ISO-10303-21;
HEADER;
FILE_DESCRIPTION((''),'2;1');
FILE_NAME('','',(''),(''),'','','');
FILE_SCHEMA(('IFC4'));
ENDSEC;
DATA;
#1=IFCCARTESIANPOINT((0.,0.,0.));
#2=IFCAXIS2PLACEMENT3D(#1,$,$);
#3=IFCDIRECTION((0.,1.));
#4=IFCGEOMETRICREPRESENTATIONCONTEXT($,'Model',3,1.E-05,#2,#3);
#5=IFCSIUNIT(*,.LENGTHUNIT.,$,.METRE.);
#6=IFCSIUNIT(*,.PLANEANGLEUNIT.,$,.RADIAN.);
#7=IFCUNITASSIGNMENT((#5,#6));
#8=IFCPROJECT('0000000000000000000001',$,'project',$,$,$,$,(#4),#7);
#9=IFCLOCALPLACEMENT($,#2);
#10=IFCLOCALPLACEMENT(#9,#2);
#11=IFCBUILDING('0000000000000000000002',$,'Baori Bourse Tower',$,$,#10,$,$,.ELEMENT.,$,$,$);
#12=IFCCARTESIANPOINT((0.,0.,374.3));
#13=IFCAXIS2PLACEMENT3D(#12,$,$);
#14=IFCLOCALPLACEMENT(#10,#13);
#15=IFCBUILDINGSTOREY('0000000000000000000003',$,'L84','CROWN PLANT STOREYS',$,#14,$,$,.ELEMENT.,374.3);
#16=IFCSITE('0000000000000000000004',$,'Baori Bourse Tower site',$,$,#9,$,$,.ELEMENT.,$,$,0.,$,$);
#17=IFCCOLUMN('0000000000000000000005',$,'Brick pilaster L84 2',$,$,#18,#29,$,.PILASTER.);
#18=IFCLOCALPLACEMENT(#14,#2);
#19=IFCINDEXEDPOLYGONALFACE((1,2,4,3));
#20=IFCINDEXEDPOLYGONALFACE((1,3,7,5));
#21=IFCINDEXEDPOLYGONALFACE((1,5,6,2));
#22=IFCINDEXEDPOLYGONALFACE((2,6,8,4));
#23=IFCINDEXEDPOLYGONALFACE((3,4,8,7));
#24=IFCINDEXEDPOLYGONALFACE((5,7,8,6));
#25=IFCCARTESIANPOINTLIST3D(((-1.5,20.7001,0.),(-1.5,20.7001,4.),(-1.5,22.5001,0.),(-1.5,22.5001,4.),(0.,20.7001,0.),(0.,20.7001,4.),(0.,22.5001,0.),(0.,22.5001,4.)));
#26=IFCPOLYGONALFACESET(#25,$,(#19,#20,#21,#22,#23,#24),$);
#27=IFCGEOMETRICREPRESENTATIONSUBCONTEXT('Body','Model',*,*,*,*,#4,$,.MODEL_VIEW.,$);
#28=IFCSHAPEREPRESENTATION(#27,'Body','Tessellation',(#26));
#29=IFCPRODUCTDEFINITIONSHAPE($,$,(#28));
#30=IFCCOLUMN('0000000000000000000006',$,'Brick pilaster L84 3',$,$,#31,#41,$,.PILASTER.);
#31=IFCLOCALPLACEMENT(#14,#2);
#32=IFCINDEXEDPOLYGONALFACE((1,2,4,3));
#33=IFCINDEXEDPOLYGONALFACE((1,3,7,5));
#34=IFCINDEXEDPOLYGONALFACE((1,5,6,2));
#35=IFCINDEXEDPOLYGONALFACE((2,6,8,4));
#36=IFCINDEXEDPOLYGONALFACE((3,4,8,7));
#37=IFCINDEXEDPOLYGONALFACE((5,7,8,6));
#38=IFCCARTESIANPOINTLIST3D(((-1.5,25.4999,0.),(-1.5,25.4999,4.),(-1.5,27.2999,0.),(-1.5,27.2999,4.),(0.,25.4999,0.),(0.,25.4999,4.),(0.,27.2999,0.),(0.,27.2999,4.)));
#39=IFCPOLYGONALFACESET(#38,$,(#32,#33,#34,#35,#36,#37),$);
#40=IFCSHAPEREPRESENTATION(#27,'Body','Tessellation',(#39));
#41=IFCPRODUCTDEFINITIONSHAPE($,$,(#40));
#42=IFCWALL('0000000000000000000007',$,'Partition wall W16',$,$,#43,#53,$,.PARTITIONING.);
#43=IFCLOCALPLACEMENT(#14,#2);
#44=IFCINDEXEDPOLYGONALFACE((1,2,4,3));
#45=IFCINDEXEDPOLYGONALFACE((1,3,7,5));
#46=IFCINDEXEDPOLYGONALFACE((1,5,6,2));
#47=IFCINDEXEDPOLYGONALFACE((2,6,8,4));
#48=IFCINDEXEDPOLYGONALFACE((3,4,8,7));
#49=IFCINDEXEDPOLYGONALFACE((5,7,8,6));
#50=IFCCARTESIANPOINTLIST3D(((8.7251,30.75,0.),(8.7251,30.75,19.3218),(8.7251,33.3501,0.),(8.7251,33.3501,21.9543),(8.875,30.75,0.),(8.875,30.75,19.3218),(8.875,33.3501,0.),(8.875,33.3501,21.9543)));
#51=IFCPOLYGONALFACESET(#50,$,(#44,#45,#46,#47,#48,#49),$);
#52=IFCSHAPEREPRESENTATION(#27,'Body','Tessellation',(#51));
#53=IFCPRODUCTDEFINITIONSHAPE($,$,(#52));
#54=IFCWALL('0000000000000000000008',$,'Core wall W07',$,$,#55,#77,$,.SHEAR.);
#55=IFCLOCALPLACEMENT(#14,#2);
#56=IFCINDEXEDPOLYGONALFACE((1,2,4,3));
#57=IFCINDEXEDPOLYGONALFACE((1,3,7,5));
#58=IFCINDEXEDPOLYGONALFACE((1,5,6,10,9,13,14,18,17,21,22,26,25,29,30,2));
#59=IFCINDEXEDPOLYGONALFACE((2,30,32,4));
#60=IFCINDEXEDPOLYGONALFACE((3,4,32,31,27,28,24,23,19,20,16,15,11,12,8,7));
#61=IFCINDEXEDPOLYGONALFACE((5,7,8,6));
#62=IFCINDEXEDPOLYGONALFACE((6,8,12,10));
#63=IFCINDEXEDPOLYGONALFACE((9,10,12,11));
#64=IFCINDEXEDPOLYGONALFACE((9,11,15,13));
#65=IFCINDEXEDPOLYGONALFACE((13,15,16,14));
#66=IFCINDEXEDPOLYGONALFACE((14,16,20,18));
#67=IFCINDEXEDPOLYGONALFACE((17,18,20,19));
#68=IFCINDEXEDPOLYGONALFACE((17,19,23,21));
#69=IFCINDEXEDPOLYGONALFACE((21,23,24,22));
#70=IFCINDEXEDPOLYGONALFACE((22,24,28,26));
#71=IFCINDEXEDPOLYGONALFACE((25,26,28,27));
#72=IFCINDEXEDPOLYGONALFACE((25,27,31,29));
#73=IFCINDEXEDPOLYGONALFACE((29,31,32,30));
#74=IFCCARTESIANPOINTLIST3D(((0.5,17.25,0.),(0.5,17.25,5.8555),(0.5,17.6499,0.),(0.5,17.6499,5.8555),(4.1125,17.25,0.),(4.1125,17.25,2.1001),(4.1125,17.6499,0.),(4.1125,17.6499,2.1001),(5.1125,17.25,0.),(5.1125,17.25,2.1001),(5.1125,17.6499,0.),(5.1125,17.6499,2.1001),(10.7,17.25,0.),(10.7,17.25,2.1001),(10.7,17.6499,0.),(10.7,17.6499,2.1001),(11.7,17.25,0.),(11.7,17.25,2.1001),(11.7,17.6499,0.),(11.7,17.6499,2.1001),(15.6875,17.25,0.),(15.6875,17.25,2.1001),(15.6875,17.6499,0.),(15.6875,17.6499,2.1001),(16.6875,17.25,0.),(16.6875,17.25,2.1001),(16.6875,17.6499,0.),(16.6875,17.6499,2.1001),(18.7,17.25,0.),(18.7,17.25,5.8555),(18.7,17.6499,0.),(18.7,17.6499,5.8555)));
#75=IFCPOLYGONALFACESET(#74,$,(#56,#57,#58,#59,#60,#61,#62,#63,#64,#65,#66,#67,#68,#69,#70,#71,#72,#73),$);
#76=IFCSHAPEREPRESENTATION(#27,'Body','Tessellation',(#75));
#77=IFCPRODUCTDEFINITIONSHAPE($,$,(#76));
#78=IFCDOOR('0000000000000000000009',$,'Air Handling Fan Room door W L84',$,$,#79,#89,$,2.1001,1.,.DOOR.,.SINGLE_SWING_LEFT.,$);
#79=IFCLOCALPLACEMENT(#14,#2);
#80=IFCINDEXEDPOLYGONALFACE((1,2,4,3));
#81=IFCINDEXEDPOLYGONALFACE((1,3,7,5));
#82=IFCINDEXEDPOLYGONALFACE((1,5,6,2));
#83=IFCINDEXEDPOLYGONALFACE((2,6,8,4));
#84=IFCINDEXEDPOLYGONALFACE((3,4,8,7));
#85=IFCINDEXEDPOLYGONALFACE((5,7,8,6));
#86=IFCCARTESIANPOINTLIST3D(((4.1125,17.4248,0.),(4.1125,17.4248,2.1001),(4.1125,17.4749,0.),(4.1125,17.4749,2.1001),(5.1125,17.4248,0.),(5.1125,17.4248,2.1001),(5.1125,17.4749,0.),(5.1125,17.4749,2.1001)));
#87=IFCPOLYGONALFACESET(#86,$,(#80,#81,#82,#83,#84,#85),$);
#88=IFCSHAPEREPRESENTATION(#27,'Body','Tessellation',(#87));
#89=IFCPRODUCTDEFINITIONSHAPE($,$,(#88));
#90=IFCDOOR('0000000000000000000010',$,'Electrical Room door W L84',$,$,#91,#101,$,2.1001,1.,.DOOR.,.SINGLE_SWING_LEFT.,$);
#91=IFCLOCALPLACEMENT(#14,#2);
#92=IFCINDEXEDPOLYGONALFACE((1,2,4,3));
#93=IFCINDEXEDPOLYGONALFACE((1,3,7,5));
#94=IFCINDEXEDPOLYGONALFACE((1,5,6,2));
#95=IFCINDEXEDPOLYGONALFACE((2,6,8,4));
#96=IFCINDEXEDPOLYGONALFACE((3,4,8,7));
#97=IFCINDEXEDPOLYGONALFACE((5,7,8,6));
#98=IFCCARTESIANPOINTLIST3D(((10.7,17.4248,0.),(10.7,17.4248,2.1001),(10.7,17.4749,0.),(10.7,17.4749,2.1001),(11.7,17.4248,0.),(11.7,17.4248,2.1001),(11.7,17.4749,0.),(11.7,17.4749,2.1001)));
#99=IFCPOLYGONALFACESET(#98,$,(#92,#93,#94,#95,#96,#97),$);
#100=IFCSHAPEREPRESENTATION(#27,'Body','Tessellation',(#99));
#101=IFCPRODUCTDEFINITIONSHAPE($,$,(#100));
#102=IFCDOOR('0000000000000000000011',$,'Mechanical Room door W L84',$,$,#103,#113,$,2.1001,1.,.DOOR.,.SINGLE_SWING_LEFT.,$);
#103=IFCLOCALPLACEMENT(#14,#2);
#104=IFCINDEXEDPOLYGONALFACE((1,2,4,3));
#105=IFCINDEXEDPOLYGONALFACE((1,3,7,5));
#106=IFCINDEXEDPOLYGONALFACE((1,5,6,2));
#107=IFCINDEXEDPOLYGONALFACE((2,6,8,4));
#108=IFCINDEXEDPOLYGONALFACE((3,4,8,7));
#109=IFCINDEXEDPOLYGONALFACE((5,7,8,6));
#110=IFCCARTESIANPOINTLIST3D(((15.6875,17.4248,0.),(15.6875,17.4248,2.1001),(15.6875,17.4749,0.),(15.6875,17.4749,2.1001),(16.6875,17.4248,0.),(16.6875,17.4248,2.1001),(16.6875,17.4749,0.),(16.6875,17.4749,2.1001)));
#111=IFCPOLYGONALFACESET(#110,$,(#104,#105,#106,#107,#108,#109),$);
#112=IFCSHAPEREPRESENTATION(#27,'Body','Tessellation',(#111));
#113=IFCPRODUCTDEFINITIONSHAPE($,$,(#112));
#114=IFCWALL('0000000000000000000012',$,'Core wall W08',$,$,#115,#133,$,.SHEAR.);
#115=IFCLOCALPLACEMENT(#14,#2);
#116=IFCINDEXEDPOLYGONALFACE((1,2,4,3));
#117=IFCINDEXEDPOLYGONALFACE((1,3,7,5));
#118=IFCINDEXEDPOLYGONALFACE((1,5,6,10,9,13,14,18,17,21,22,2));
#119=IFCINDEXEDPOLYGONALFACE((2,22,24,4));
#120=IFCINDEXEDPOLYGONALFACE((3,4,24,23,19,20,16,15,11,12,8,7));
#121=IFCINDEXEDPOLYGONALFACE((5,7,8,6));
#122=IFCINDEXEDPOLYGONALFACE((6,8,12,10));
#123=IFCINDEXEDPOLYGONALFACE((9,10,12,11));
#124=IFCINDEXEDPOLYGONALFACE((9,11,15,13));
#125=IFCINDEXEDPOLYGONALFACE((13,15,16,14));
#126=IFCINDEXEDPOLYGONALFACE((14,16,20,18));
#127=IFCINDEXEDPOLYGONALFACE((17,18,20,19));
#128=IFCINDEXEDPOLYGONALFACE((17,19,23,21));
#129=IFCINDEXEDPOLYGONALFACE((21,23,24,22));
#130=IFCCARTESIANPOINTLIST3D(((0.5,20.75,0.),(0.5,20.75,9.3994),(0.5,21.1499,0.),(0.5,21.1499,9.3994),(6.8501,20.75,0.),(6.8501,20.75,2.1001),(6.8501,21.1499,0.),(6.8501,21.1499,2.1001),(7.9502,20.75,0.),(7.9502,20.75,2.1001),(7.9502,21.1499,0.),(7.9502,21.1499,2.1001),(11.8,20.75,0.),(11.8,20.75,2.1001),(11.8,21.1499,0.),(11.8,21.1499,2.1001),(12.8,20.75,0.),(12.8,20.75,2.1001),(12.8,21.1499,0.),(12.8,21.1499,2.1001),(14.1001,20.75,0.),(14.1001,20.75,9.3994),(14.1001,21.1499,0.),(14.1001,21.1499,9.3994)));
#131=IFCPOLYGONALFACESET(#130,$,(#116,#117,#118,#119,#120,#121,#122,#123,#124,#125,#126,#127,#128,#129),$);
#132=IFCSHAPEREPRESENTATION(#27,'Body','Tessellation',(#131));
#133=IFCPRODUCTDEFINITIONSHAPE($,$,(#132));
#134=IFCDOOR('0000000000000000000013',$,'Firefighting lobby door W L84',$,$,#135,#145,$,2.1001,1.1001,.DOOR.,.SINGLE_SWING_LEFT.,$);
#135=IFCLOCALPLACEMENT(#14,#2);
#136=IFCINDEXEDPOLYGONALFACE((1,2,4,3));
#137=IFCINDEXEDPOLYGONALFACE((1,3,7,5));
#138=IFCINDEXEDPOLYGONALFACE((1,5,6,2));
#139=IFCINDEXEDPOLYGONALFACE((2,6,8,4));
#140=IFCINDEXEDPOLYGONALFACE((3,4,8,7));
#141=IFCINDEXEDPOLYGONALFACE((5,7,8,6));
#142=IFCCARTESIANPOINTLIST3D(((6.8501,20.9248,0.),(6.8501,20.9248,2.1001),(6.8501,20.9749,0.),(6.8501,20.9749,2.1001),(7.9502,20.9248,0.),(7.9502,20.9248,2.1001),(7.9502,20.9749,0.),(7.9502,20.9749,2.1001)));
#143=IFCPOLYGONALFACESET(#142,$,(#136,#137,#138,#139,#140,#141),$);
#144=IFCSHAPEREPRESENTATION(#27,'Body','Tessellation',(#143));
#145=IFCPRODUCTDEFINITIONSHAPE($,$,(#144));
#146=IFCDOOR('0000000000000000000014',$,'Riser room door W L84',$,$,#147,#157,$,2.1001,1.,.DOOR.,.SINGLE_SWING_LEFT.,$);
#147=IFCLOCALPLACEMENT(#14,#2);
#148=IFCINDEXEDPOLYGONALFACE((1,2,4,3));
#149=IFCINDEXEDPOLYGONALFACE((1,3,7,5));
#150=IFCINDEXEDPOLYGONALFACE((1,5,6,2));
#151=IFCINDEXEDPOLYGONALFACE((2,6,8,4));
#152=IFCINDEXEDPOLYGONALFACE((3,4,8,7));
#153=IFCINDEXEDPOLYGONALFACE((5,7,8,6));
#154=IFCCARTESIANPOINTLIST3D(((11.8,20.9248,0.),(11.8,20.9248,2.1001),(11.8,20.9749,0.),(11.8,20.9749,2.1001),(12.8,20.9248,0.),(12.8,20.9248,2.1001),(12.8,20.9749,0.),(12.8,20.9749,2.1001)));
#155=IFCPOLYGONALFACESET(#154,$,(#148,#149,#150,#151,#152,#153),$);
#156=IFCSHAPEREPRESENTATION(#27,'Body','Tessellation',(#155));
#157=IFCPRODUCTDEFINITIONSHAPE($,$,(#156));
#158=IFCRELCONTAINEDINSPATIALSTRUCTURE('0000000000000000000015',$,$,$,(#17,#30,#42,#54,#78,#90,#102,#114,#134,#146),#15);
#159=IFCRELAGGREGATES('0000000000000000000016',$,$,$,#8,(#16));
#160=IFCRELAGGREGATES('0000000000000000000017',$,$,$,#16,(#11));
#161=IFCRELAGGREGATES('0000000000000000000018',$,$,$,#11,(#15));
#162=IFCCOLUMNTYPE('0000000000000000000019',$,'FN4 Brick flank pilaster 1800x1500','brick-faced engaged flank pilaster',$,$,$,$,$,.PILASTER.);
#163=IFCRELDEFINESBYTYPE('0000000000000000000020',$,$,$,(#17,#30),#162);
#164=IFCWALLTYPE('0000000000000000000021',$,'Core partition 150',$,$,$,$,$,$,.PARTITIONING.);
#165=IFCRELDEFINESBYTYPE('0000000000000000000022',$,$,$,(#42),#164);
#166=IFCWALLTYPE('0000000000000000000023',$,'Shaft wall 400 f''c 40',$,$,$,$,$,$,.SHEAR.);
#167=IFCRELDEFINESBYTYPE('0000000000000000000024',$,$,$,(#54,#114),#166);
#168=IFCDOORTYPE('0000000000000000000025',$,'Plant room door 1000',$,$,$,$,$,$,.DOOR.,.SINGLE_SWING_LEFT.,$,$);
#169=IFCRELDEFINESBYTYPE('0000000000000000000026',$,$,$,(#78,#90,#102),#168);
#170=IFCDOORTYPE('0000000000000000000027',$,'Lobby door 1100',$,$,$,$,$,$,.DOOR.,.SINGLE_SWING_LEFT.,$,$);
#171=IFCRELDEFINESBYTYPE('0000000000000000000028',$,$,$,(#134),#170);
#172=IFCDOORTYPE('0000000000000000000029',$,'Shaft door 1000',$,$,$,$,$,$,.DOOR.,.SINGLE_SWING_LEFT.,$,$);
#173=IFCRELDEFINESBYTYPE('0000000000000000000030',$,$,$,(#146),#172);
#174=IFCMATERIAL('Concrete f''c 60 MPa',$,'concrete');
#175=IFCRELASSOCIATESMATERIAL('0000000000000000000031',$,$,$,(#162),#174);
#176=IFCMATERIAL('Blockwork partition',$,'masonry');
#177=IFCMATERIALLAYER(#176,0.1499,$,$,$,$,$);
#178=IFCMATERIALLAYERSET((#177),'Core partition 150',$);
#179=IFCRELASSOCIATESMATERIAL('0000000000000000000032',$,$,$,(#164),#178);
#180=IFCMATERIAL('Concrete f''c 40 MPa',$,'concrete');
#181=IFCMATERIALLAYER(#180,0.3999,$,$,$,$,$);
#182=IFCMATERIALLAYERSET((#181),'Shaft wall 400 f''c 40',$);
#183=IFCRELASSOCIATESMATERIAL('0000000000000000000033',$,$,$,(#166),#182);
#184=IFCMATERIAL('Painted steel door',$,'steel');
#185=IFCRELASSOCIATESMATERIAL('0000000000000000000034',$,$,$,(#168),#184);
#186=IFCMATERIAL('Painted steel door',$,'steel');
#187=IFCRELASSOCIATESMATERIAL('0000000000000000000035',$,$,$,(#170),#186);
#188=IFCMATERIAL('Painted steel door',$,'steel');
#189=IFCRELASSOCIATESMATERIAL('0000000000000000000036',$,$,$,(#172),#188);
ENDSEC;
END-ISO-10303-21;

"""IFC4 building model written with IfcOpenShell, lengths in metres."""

from ifc_helpers import new_model, si_unit, direction, frame, frame_2d, origin, origin_2d, place, context, subcontext, project, spatial, polyline, rectangle, outline, extrude, material, layer, layer_set, material_profile, profile_set, type_object, element, fill, save


model = new_model("IFC4")

# Units and contexts
model_context = context("Model", 3, precision=1e-05, world=origin(), true_north=direction((0.0, 1.0)))
body_context = subcontext(model_context, "Body", "Model", "MODEL_VIEW")
ifc_project = project(units=[si_unit("LENGTHUNIT", "METRE"), si_unit("PLANEANGLEUNIT", "RADIAN")], contexts=[model_context])

# Site, building, storey
site_placement = place(None, origin())
site = spatial("IfcSite", under=ifc_project, at=site_placement, Name="Baori Bourse Tower site", CompositionType="ELEMENT", RefElevation=0.0)
building_placement = place(site_placement, origin())
building = spatial("IfcBuilding", under=site, at=building_placement, Name="Baori Bourse Tower", CompositionType="ELEMENT")
storey_placement = place(building_placement, frame((0.0, 0.0, 374.3)))
storey = spatial("IfcBuildingStorey", under=building, at=storey_placement, Name="L84", Description="CROWN PLANT STOREYS", CompositionType="ELEMENT", Elevation=374.3)

# Columns
ifc_material_1 = material(Name="Concrete f'c 60 MPa", Category="concrete")
ifc_material_profile = material_profile(ifc_material_1, rectangle(XDim=1.8, YDim=1.5, at=origin_2d()), Name="RC 1800x1500")
ifc_profile_set = profile_set([ifc_material_profile], Name="Concrete f'c 60 MPa")
column_type = type_object("IfcColumnType", Name="FN4 Brick flank pilaster 1800x1500", Description="brick-faced engaged flank pilaster", PredefinedType="PILASTER", material=ifc_profile_set)
for number, where, z_axis, x_axis, name in (
    (1, (-0.75, 21.6001, 0.0), (0.0, 0.0, 1.0), (0.0, 1.0, 0.0), "Brick pilaster L84 2"),
    (2, (-0.75, 26.3999, 0.0), (0.0, 0.0, 1.0), (0.0, 1.0, 0.0), "Brick pilaster L84 3"),
):
    element("IfcColumn", number, at=place(storey_placement, frame(where, z_axis=z_axis, x_axis=x_axis)), inside=storey, type_object=column_type, Name=name, PredefinedType="PILASTER", context=body_context, shape_type="SweptSolid", body=[
        extrude(rectangle(XDim=1.8, YDim=1.5, at=origin_2d()), origin(), (0.0, 0.0, 1.0), 4.0),
    ])

# Wall
ifc_material_2 = material(Name="Blockwork partition", Category="masonry")
ifc_layer_1 = layer(ifc_material_2, 0.1499)
ifc_layer_set_1 = layer_set([ifc_layer_1], Name="Core partition 150")
wall_type_1 = type_object("IfcWallType", Name="Core partition 150", PredefinedType="PARTITIONING", material=ifc_layer_set_1)
wall_1_placement = place(storey_placement, frame((8.8, 30.75, 0.0), z_axis=(0.0, 0.0, 1.0), x_axis=(0.0, 1.0, 0.0)))
element("IfcWall", 3, at=wall_1_placement, inside=storey, type_object=wall_type_1, Name="Partition wall W16", PredefinedType="PARTITIONING", context=body_context, shape_type="SweptSolid", body=[
    extrude(outline(polyline([(0.0, 0.0), (2.6001, 0.0), (2.6001, 21.9543), (0.0, 19.3218), (0.0, 0.0)])), frame((0.0, 0.075, 0.0), z_axis=(0.0, -1.0, 0.0), x_axis=(1.0, 0.0, 0.0)), (0.0, 0.0, 1.0), 0.1499),
])

# Walls, openings, doors
ifc_material_3 = material(Name="Concrete f'c 40 MPa", Category="concrete")
ifc_layer_2 = layer(ifc_material_3, 0.3999)
ifc_layer_set_2 = layer_set([ifc_layer_2], Name="Shaft wall 400 f'c 40")
wall_type_2 = type_object("IfcWallType", Name="Shaft wall 400 f'c 40", PredefinedType="SHEAR", material=ifc_layer_set_2)
wall_2_placement = place(storey_placement, frame((0.5, 17.45, 0.0), z_axis=(0.0, 0.0, 1.0), x_axis=(1.0, 0.0, 0.0)))
wall_2 = element("IfcWall", 4, at=wall_2_placement, inside=storey, type_object=wall_type_2, Name="Core wall W07", PredefinedType="SHEAR", context=body_context, shape_type="SweptSolid", body=[
    extrude(outline(polyline([(0.0, 0.0), (18.2, 0.0), (18.2, 5.8555), (0.0, 5.8555), (0.0, 0.0)])), frame((0.0, 0.2, 0.0), z_axis=(0.0, -1.0, 0.0), x_axis=(1.0, 0.0, 0.0)), (0.0, 0.0, 1.0), 0.3999),
])
opening_1_placement = place(wall_2_placement, frame((3.6125, 0.0, 0.0)))
opening_1 = element("IfcOpeningElement", 5, at=opening_1_placement, cuts=wall_2, PredefinedType="OPENING", context=body_context, shape_type="SweptSolid", body=[
    extrude(rectangle(XDim=1.0, YDim=2.1001, at=frame_2d((0.5, 1.05))), frame((0.0, 0.21, 0.0), z_axis=(0.0, -1.0, 0.0), x_axis=(1.0, 0.0, 0.0)), (0.0, 0.0, 1.0), 0.4199),
])
opening_2_placement = place(wall_2_placement, frame((10.2, 0.0, 0.0)))
opening_2 = element("IfcOpeningElement", 6, at=opening_2_placement, cuts=wall_2, PredefinedType="OPENING", context=body_context, shape_type="SweptSolid", body=[
    extrude(rectangle(XDim=1.0, YDim=2.1001, at=frame_2d((0.5, 1.05))), frame((0.0, 0.21, 0.0), z_axis=(0.0, -1.0, 0.0), x_axis=(1.0, 0.0, 0.0)), (0.0, 0.0, 1.0), 0.4199),
])
opening_3_placement = place(wall_2_placement, frame((15.1875, 0.0, 0.0)))
opening_3 = element("IfcOpeningElement", 7, at=opening_3_placement, cuts=wall_2, PredefinedType="OPENING", context=body_context, shape_type="SweptSolid", body=[
    extrude(rectangle(XDim=1.0, YDim=2.1001, at=frame_2d((0.5, 1.05))), frame((0.0, 0.21, 0.0), z_axis=(0.0, -1.0, 0.0), x_axis=(1.0, 0.0, 0.0)), (0.0, 0.0, 1.0), 0.4199),
])
ifc_material_4 = material(Name="Painted steel door", Category="steel")
door_type_1 = type_object("IfcDoorType", Name="Plant room door 1000", OperationType="SINGLE_SWING_LEFT", PredefinedType="DOOR", material=ifc_material_4)
door_1_placement = place(opening_1_placement, origin())
door_1 = element("IfcDoor", 8, at=door_1_placement, inside=storey, type_object=door_type_1, Name="Air Handling Fan Room door W L84", OperationType="SINGLE_SWING_LEFT", OverallHeight=2.1001, OverallWidth=1.0, PredefinedType="DOOR", context=body_context, shape_type="SweptSolid", body=[
    extrude(rectangle(XDim=1.0, YDim=2.1001, at=frame_2d((0.5, 1.05))), frame((0.0, 0.0249, 0.0), z_axis=(0.0, -1.0, 0.0), x_axis=(1.0, 0.0, 0.0)), (0.0, 0.0, 1.0), 0.05),
])
fill(opening_1, door_1)
door_2_placement = place(opening_2_placement, origin())
door_2 = element("IfcDoor", 9, at=door_2_placement, inside=storey, type_object=door_type_1, Name="Electrical Room door W L84", OperationType="SINGLE_SWING_LEFT", OverallHeight=2.1001, OverallWidth=1.0, PredefinedType="DOOR", context=body_context, shape_type="SweptSolid", body=[
    extrude(rectangle(XDim=1.0, YDim=2.1001, at=frame_2d((0.5, 1.05))), frame((0.0, 0.0249, 0.0), z_axis=(0.0, -1.0, 0.0), x_axis=(1.0, 0.0, 0.0)), (0.0, 0.0, 1.0), 0.05),
])
fill(opening_2, door_2)
door_3_placement = place(opening_3_placement, origin())
door_3 = element("IfcDoor", 10, at=door_3_placement, inside=storey, type_object=door_type_1, Name="Mechanical Room door W L84", OperationType="SINGLE_SWING_LEFT", OverallHeight=2.1001, OverallWidth=1.0, PredefinedType="DOOR", context=body_context, shape_type="SweptSolid", body=[
    extrude(rectangle(XDim=1.0, YDim=2.1001, at=frame_2d((0.5, 1.05))), frame((0.0, 0.0249, 0.0), z_axis=(0.0, -1.0, 0.0), x_axis=(1.0, 0.0, 0.0)), (0.0, 0.0, 1.0), 0.05),
])
fill(opening_3, door_3)
wall_3_placement = place(storey_placement, frame((0.5, 20.95, 0.0), z_axis=(0.0, 0.0, 1.0), x_axis=(1.0, 0.0, 0.0)))
wall_3 = element("IfcWall", 11, at=wall_3_placement, inside=storey, type_object=wall_type_2, Name="Core wall W08", PredefinedType="SHEAR", context=body_context, shape_type="SweptSolid", body=[
    extrude(outline(polyline([(0.0, 0.0), (13.6001, 0.0), (13.6001, 9.3994), (0.0, 9.3994), (0.0, 0.0)])), frame((0.0, 0.2, 0.0), z_axis=(0.0, -1.0, 0.0), x_axis=(1.0, 0.0, 0.0)), (0.0, 0.0, 1.0), 0.3999),
])
opening_4_placement = place(wall_3_placement, frame((6.3501, 0.0, 0.0)))
opening_4 = element("IfcOpeningElement", 12, at=opening_4_placement, cuts=wall_3, PredefinedType="OPENING", context=body_context, shape_type="SweptSolid", body=[
    extrude(rectangle(XDim=1.1001, YDim=2.1001, at=frame_2d((0.55, 1.05))), frame((0.0, 0.21, 0.0), z_axis=(0.0, -1.0, 0.0), x_axis=(1.0, 0.0, 0.0)), (0.0, 0.0, 1.0), 0.4199),
])
opening_5_placement = place(wall_3_placement, frame((11.3, 0.0, 0.0)))
opening_5 = element("IfcOpeningElement", 13, at=opening_5_placement, cuts=wall_3, PredefinedType="OPENING", context=body_context, shape_type="SweptSolid", body=[
    extrude(rectangle(XDim=1.0, YDim=2.1001, at=frame_2d((0.5, 1.05))), frame((0.0, 0.21, 0.0), z_axis=(0.0, -1.0, 0.0), x_axis=(1.0, 0.0, 0.0)), (0.0, 0.0, 1.0), 0.4199),
])
ifc_material_5 = material(Name="Painted steel door", Category="steel")
door_type_2 = type_object("IfcDoorType", Name="Lobby door 1100", OperationType="SINGLE_SWING_LEFT", PredefinedType="DOOR", material=ifc_material_5)
door_4_placement = place(opening_4_placement, origin())
door_4 = element("IfcDoor", 14, at=door_4_placement, inside=storey, type_object=door_type_2, Name="Firefighting lobby door W L84", OperationType="SINGLE_SWING_LEFT", OverallHeight=2.1001, OverallWidth=1.1001, PredefinedType="DOOR", context=body_context, shape_type="SweptSolid", body=[
    extrude(rectangle(XDim=1.1001, YDim=2.1001, at=frame_2d((0.55, 1.05))), frame((0.0, 0.0249, 0.0), z_axis=(0.0, -1.0, 0.0), x_axis=(1.0, 0.0, 0.0)), (0.0, 0.0, 1.0), 0.05),
])
fill(opening_4, door_4)
ifc_material_6 = material(Name="Painted steel door", Category="steel")
door_type_3 = type_object("IfcDoorType", Name="Shaft door 1000", OperationType="SINGLE_SWING_LEFT", PredefinedType="DOOR", material=ifc_material_6)
door_5_placement = place(opening_5_placement, origin())
door_5 = element("IfcDoor", 15, at=door_5_placement, inside=storey, type_object=door_type_3, Name="Riser room door W L84", OperationType="SINGLE_SWING_LEFT", OverallHeight=2.1001, OverallWidth=1.0, PredefinedType="DOOR", context=body_context, shape_type="SweptSolid", body=[
    extrude(rectangle(XDim=1.0, YDim=2.1001, at=frame_2d((0.5, 1.05))), frame((0.0, 0.0249, 0.0), z_axis=(0.0, -1.0, 0.0), x_axis=(1.0, 0.0, 0.0)), (0.0, 0.0, 1.0), 0.05),
])
fill(opening_5, door_5)

save(model, "model.ifc")
